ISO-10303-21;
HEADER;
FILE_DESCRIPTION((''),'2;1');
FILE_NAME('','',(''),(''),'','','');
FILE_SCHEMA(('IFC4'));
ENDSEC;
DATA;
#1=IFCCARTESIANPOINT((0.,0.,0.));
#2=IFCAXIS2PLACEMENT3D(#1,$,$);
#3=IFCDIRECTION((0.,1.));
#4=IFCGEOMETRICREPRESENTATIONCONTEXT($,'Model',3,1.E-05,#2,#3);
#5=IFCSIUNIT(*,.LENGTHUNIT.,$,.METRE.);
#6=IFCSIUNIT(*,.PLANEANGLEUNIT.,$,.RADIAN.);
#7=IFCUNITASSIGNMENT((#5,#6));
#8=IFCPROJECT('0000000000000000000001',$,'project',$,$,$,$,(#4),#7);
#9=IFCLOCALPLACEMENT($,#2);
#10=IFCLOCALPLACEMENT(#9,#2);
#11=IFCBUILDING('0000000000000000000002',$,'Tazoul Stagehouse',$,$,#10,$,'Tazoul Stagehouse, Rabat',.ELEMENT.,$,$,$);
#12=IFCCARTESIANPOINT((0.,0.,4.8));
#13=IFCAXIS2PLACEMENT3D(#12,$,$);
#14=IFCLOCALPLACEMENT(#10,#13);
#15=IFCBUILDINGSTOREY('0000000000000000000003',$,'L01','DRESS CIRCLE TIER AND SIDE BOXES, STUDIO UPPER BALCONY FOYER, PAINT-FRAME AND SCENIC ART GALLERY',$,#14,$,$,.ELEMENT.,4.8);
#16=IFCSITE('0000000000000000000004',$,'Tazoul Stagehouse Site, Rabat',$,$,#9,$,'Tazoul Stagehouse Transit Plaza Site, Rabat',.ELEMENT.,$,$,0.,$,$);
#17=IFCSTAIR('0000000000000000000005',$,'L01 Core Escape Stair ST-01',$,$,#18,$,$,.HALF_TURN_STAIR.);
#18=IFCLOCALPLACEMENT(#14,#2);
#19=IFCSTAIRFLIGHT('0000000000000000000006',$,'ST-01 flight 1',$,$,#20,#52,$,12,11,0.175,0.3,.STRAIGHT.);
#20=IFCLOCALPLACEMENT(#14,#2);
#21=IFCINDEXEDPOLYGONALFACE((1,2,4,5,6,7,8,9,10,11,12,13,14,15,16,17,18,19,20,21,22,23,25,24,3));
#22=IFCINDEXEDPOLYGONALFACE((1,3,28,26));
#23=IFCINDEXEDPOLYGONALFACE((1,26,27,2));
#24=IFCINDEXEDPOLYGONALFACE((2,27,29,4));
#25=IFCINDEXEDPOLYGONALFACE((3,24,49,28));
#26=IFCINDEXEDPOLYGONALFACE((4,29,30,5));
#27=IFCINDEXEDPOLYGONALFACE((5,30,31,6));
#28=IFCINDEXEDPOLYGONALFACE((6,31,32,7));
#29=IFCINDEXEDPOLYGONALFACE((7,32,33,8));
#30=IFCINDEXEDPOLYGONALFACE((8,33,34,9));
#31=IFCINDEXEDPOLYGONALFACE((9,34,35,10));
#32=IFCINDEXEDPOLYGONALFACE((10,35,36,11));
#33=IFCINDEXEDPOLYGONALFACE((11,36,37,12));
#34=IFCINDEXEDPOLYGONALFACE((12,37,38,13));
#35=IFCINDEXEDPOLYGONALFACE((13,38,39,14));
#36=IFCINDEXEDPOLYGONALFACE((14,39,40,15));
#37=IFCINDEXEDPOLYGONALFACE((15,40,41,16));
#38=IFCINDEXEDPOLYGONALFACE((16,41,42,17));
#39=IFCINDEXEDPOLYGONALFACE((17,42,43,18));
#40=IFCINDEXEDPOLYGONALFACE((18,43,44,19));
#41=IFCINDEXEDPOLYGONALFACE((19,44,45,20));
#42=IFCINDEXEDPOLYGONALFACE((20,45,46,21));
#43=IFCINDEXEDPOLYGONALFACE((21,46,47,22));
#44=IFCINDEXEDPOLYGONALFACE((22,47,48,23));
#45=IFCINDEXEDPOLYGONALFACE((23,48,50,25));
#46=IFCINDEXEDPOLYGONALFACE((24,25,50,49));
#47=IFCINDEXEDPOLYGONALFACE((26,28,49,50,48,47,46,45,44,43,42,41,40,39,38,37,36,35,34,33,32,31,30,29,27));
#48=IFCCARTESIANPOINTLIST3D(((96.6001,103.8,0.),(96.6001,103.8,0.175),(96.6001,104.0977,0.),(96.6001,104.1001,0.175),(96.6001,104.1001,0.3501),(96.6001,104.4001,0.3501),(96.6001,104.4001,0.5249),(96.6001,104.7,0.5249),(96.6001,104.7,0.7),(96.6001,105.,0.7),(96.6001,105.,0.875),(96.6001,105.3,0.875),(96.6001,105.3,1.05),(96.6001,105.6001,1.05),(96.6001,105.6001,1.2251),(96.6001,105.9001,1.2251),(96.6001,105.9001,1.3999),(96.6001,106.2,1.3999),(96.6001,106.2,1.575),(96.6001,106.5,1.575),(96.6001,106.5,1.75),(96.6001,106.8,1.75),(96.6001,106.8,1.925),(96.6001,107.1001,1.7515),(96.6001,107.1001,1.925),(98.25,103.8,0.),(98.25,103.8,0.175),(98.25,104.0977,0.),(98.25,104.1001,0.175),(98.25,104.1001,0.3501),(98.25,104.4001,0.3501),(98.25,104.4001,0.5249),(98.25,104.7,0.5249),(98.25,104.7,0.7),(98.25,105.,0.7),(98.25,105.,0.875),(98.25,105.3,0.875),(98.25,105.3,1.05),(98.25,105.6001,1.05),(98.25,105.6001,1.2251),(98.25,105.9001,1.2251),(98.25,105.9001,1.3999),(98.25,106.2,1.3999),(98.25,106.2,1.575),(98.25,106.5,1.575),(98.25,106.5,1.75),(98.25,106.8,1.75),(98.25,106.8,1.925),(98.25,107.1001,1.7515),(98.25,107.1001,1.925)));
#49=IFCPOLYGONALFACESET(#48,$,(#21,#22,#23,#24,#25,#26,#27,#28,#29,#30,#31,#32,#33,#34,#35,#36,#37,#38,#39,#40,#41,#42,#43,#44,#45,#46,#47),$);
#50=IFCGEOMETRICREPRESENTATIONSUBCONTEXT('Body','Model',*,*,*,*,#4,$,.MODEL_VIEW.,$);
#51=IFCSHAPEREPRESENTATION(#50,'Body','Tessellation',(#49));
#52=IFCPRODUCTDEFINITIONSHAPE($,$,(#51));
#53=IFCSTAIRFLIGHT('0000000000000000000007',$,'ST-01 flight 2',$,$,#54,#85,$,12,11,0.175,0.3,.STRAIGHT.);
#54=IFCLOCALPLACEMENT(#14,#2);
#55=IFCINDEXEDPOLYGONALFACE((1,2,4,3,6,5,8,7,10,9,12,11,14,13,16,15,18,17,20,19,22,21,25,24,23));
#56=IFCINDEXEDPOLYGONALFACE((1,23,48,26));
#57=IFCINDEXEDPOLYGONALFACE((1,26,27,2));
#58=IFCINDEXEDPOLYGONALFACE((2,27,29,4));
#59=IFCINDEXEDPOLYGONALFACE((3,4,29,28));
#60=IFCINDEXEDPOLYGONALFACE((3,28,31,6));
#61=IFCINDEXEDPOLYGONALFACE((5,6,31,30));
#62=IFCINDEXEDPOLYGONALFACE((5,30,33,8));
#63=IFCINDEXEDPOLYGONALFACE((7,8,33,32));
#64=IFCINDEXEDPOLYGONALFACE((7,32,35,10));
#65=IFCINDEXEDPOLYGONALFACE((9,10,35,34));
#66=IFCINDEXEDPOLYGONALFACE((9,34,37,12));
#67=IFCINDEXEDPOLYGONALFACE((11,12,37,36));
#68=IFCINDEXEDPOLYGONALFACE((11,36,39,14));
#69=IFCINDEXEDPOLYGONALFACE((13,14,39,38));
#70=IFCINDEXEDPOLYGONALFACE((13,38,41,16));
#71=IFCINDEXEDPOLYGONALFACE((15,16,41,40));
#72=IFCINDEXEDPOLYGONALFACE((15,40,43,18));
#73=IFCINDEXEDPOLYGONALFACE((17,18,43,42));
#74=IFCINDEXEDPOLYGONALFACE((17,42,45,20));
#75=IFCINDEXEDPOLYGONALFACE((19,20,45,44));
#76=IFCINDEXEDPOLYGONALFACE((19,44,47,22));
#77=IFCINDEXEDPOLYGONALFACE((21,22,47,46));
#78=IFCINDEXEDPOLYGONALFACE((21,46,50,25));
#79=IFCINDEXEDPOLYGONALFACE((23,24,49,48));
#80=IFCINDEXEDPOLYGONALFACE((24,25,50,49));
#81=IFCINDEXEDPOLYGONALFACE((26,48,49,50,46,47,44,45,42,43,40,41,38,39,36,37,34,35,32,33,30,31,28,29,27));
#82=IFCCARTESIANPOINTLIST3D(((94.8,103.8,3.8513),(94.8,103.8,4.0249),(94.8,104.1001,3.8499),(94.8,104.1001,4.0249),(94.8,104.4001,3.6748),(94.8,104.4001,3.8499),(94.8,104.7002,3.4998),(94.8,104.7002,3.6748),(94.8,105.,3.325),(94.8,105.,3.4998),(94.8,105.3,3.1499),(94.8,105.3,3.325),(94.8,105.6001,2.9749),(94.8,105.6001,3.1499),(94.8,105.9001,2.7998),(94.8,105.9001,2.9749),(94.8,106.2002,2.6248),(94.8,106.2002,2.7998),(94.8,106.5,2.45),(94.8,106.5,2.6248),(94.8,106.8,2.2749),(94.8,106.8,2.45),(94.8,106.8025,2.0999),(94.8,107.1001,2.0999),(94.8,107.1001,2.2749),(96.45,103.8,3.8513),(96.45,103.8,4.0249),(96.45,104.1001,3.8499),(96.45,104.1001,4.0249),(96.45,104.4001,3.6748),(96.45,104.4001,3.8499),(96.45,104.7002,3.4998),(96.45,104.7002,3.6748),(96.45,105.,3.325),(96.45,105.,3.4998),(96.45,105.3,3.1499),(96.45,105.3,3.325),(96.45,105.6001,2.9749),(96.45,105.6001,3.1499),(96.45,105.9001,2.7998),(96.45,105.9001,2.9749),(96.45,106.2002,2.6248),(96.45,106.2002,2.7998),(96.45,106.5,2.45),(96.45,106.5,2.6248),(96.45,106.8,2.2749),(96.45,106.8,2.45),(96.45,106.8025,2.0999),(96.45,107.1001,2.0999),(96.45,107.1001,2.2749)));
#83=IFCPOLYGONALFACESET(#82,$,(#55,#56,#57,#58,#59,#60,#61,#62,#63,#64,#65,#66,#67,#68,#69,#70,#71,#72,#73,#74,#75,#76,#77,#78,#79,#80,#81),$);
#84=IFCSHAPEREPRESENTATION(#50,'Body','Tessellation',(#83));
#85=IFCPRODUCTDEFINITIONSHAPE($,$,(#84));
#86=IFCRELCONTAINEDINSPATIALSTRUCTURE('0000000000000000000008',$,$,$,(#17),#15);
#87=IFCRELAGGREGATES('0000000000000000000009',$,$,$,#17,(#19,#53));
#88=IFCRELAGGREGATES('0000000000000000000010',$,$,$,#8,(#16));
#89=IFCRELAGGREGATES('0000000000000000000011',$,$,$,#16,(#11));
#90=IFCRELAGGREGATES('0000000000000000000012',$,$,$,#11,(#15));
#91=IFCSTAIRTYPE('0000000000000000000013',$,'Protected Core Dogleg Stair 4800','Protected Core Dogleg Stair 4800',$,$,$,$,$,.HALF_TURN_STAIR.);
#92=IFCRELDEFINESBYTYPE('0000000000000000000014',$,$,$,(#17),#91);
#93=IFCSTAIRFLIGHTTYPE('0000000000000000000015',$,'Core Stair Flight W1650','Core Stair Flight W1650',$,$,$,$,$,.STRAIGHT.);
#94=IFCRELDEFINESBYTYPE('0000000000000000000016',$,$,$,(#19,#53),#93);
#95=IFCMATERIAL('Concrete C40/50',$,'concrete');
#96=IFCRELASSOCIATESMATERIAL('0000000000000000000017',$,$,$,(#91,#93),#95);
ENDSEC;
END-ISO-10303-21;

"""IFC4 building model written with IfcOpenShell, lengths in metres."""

from ifc_helpers import new_model, si_unit, direction, frame, origin, place, context, subcontext, project, spatial, polyline, outline, extrude, material, type_object, element, aggregate, save


model = new_model("IFC4")

# Units and contexts
model_context = context("Model", 3, precision=1e-05, world=origin(), true_north=direction((0.0, 1.0)))
body_context = subcontext(model_context, "Body", "Model", "MODEL_VIEW")
ifc_project = project(units=[si_unit("LENGTHUNIT", "METRE"), si_unit("PLANEANGLEUNIT", "RADIAN")], contexts=[model_context])

# Site, building, storey
site_placement = place(None, origin())
site = spatial("IfcSite", under=ifc_project, at=site_placement, Name="Tazoul Stagehouse Site, Rabat", LongName="Tazoul Stagehouse Transit Plaza Site, Rabat", CompositionType="ELEMENT", RefElevation=0.0)
building_placement = place(site_placement, origin())
building = spatial("IfcBuilding", under=site, at=building_placement, Name="Tazoul Stagehouse", LongName="Tazoul Stagehouse, Rabat", CompositionType="ELEMENT")
storey_placement = place(building_placement, frame((0.0, 0.0, 4.8)))
storey = spatial("IfcBuildingStorey", under=building, at=storey_placement, Name="L01", Description="DRESS CIRCLE TIER AND SIDE BOXES, STUDIO UPPER BALCONY FOYER, PAINT-FRAME AND SCENIC ART GALLERY", CompositionType="ELEMENT", Elevation=4.8)

# Shared definitions
ifc_material_1 = material(Name="Concrete C40/50", Category="concrete")

# Stair, stair flights
stair_type = type_object("IfcStairType", Name="Protected Core Dogleg Stair 4800", Description="Protected Core Dogleg Stair 4800", PredefinedType="HALF_TURN_STAIR", material=ifc_material_1)
stair_placement = place(storey_placement, origin())
stair = element("IfcStair", 1, at=stair_placement, inside=storey, type_object=stair_type, Name="L01 Core Escape Stair ST-01", PredefinedType="HALF_TURN_STAIR")
stair_flight_type = type_object("IfcStairFlightType", Name="Core Stair Flight W1650", Description="Core Stair Flight W1650", PredefinedType="STRAIGHT", material=ifc_material_1)
stair_flight_1_placement = place(storey_placement, frame((97.425, 103.8, 0.0), z_axis=(0.0, 0.0, 1.0), x_axis=(0.0, 1.0, 0.0)))
stair_flight_1 = element("IfcStairFlight", 2, at=stair_flight_1_placement, type_object=stair_flight_type, Name="ST-01 flight 1", NumberOfRisers=12, NumberOfTreads=11, PredefinedType="STRAIGHT", RiserHeight=0.175, TreadLength=0.3, context=body_context, shape_type="SweptSolid", body=[
    extrude(outline(polyline([(0.0, 0.0), (0.0, 0.175), (0.3, 0.175), (0.3, 0.3501), (0.6001, 0.3501), (0.6001, 0.5249), (0.8999, 0.5249), (0.8999, 0.7), (1.2, 0.7), (1.2, 0.875), (1.5, 0.875), (1.5, 1.05), (1.8, 1.05), (1.8, 1.2251), (2.1001, 1.2251), (2.1001, 1.3999), (2.3999, 1.3999), (2.3999, 1.575), (2.7, 1.575), (2.7, 1.75), (3.0, 1.75), (3.0, 1.925), (3.3, 1.925), (3.3, 2.1001), (3.3, 1.7515), (0.2976, 0.0), (0.0, 0.0)])), frame((0.0, 0.825, 0.0), z_axis=(0.0, -1.0, 0.0), x_axis=(1.0, 0.0, 0.0)), (0.0, 0.0, 1.0), 1.6499),
])
stair_flight_2_placement = place(storey_placement, frame((95.625, 107.1001, 2.0999), z_axis=(0.0, 0.0, 1.0), x_axis=(0.0, -1.0, 0.0)))
stair_flight_2 = element("IfcStairFlight", 3, at=stair_flight_2_placement, type_object=stair_flight_type, Name="ST-01 flight 2", NumberOfRisers=12, NumberOfTreads=11, PredefinedType="STRAIGHT", RiserHeight=0.175, TreadLength=0.3, context=body_context, shape_type="SweptSolid", body=[
    extrude(outline(polyline([(0.0, 0.0), (0.0, 0.175), (0.3, 0.175), (0.3, 0.3501), (0.6001, 0.3501), (0.6001, 0.5249), (0.8999, 0.5249), (0.8999, 0.7), (1.2, 0.7), (1.2, 0.875), (1.5, 0.875), (1.5, 1.05), (1.8, 1.05), (1.8, 1.2251), (2.1001, 1.2251), (2.1001, 1.3999), (2.3999, 1.3999), (2.3999, 1.575), (2.7, 1.575), (2.7, 1.75), (3.0, 1.75), (3.0, 1.925), (3.3, 1.925), (3.3, 2.1001), (3.3, 1.7515), (0.2976, 0.0), (0.0, 0.0)])), frame((0.0, 0.825, 0.0), z_axis=(0.0, -1.0, 0.0), x_axis=(1.0, 0.0, 0.0)), (0.0, 0.0, 1.0), 1.6499),
])
aggregate(stair, [stair_flight_1, stair_flight_2])

save(model, "model.ifc")
